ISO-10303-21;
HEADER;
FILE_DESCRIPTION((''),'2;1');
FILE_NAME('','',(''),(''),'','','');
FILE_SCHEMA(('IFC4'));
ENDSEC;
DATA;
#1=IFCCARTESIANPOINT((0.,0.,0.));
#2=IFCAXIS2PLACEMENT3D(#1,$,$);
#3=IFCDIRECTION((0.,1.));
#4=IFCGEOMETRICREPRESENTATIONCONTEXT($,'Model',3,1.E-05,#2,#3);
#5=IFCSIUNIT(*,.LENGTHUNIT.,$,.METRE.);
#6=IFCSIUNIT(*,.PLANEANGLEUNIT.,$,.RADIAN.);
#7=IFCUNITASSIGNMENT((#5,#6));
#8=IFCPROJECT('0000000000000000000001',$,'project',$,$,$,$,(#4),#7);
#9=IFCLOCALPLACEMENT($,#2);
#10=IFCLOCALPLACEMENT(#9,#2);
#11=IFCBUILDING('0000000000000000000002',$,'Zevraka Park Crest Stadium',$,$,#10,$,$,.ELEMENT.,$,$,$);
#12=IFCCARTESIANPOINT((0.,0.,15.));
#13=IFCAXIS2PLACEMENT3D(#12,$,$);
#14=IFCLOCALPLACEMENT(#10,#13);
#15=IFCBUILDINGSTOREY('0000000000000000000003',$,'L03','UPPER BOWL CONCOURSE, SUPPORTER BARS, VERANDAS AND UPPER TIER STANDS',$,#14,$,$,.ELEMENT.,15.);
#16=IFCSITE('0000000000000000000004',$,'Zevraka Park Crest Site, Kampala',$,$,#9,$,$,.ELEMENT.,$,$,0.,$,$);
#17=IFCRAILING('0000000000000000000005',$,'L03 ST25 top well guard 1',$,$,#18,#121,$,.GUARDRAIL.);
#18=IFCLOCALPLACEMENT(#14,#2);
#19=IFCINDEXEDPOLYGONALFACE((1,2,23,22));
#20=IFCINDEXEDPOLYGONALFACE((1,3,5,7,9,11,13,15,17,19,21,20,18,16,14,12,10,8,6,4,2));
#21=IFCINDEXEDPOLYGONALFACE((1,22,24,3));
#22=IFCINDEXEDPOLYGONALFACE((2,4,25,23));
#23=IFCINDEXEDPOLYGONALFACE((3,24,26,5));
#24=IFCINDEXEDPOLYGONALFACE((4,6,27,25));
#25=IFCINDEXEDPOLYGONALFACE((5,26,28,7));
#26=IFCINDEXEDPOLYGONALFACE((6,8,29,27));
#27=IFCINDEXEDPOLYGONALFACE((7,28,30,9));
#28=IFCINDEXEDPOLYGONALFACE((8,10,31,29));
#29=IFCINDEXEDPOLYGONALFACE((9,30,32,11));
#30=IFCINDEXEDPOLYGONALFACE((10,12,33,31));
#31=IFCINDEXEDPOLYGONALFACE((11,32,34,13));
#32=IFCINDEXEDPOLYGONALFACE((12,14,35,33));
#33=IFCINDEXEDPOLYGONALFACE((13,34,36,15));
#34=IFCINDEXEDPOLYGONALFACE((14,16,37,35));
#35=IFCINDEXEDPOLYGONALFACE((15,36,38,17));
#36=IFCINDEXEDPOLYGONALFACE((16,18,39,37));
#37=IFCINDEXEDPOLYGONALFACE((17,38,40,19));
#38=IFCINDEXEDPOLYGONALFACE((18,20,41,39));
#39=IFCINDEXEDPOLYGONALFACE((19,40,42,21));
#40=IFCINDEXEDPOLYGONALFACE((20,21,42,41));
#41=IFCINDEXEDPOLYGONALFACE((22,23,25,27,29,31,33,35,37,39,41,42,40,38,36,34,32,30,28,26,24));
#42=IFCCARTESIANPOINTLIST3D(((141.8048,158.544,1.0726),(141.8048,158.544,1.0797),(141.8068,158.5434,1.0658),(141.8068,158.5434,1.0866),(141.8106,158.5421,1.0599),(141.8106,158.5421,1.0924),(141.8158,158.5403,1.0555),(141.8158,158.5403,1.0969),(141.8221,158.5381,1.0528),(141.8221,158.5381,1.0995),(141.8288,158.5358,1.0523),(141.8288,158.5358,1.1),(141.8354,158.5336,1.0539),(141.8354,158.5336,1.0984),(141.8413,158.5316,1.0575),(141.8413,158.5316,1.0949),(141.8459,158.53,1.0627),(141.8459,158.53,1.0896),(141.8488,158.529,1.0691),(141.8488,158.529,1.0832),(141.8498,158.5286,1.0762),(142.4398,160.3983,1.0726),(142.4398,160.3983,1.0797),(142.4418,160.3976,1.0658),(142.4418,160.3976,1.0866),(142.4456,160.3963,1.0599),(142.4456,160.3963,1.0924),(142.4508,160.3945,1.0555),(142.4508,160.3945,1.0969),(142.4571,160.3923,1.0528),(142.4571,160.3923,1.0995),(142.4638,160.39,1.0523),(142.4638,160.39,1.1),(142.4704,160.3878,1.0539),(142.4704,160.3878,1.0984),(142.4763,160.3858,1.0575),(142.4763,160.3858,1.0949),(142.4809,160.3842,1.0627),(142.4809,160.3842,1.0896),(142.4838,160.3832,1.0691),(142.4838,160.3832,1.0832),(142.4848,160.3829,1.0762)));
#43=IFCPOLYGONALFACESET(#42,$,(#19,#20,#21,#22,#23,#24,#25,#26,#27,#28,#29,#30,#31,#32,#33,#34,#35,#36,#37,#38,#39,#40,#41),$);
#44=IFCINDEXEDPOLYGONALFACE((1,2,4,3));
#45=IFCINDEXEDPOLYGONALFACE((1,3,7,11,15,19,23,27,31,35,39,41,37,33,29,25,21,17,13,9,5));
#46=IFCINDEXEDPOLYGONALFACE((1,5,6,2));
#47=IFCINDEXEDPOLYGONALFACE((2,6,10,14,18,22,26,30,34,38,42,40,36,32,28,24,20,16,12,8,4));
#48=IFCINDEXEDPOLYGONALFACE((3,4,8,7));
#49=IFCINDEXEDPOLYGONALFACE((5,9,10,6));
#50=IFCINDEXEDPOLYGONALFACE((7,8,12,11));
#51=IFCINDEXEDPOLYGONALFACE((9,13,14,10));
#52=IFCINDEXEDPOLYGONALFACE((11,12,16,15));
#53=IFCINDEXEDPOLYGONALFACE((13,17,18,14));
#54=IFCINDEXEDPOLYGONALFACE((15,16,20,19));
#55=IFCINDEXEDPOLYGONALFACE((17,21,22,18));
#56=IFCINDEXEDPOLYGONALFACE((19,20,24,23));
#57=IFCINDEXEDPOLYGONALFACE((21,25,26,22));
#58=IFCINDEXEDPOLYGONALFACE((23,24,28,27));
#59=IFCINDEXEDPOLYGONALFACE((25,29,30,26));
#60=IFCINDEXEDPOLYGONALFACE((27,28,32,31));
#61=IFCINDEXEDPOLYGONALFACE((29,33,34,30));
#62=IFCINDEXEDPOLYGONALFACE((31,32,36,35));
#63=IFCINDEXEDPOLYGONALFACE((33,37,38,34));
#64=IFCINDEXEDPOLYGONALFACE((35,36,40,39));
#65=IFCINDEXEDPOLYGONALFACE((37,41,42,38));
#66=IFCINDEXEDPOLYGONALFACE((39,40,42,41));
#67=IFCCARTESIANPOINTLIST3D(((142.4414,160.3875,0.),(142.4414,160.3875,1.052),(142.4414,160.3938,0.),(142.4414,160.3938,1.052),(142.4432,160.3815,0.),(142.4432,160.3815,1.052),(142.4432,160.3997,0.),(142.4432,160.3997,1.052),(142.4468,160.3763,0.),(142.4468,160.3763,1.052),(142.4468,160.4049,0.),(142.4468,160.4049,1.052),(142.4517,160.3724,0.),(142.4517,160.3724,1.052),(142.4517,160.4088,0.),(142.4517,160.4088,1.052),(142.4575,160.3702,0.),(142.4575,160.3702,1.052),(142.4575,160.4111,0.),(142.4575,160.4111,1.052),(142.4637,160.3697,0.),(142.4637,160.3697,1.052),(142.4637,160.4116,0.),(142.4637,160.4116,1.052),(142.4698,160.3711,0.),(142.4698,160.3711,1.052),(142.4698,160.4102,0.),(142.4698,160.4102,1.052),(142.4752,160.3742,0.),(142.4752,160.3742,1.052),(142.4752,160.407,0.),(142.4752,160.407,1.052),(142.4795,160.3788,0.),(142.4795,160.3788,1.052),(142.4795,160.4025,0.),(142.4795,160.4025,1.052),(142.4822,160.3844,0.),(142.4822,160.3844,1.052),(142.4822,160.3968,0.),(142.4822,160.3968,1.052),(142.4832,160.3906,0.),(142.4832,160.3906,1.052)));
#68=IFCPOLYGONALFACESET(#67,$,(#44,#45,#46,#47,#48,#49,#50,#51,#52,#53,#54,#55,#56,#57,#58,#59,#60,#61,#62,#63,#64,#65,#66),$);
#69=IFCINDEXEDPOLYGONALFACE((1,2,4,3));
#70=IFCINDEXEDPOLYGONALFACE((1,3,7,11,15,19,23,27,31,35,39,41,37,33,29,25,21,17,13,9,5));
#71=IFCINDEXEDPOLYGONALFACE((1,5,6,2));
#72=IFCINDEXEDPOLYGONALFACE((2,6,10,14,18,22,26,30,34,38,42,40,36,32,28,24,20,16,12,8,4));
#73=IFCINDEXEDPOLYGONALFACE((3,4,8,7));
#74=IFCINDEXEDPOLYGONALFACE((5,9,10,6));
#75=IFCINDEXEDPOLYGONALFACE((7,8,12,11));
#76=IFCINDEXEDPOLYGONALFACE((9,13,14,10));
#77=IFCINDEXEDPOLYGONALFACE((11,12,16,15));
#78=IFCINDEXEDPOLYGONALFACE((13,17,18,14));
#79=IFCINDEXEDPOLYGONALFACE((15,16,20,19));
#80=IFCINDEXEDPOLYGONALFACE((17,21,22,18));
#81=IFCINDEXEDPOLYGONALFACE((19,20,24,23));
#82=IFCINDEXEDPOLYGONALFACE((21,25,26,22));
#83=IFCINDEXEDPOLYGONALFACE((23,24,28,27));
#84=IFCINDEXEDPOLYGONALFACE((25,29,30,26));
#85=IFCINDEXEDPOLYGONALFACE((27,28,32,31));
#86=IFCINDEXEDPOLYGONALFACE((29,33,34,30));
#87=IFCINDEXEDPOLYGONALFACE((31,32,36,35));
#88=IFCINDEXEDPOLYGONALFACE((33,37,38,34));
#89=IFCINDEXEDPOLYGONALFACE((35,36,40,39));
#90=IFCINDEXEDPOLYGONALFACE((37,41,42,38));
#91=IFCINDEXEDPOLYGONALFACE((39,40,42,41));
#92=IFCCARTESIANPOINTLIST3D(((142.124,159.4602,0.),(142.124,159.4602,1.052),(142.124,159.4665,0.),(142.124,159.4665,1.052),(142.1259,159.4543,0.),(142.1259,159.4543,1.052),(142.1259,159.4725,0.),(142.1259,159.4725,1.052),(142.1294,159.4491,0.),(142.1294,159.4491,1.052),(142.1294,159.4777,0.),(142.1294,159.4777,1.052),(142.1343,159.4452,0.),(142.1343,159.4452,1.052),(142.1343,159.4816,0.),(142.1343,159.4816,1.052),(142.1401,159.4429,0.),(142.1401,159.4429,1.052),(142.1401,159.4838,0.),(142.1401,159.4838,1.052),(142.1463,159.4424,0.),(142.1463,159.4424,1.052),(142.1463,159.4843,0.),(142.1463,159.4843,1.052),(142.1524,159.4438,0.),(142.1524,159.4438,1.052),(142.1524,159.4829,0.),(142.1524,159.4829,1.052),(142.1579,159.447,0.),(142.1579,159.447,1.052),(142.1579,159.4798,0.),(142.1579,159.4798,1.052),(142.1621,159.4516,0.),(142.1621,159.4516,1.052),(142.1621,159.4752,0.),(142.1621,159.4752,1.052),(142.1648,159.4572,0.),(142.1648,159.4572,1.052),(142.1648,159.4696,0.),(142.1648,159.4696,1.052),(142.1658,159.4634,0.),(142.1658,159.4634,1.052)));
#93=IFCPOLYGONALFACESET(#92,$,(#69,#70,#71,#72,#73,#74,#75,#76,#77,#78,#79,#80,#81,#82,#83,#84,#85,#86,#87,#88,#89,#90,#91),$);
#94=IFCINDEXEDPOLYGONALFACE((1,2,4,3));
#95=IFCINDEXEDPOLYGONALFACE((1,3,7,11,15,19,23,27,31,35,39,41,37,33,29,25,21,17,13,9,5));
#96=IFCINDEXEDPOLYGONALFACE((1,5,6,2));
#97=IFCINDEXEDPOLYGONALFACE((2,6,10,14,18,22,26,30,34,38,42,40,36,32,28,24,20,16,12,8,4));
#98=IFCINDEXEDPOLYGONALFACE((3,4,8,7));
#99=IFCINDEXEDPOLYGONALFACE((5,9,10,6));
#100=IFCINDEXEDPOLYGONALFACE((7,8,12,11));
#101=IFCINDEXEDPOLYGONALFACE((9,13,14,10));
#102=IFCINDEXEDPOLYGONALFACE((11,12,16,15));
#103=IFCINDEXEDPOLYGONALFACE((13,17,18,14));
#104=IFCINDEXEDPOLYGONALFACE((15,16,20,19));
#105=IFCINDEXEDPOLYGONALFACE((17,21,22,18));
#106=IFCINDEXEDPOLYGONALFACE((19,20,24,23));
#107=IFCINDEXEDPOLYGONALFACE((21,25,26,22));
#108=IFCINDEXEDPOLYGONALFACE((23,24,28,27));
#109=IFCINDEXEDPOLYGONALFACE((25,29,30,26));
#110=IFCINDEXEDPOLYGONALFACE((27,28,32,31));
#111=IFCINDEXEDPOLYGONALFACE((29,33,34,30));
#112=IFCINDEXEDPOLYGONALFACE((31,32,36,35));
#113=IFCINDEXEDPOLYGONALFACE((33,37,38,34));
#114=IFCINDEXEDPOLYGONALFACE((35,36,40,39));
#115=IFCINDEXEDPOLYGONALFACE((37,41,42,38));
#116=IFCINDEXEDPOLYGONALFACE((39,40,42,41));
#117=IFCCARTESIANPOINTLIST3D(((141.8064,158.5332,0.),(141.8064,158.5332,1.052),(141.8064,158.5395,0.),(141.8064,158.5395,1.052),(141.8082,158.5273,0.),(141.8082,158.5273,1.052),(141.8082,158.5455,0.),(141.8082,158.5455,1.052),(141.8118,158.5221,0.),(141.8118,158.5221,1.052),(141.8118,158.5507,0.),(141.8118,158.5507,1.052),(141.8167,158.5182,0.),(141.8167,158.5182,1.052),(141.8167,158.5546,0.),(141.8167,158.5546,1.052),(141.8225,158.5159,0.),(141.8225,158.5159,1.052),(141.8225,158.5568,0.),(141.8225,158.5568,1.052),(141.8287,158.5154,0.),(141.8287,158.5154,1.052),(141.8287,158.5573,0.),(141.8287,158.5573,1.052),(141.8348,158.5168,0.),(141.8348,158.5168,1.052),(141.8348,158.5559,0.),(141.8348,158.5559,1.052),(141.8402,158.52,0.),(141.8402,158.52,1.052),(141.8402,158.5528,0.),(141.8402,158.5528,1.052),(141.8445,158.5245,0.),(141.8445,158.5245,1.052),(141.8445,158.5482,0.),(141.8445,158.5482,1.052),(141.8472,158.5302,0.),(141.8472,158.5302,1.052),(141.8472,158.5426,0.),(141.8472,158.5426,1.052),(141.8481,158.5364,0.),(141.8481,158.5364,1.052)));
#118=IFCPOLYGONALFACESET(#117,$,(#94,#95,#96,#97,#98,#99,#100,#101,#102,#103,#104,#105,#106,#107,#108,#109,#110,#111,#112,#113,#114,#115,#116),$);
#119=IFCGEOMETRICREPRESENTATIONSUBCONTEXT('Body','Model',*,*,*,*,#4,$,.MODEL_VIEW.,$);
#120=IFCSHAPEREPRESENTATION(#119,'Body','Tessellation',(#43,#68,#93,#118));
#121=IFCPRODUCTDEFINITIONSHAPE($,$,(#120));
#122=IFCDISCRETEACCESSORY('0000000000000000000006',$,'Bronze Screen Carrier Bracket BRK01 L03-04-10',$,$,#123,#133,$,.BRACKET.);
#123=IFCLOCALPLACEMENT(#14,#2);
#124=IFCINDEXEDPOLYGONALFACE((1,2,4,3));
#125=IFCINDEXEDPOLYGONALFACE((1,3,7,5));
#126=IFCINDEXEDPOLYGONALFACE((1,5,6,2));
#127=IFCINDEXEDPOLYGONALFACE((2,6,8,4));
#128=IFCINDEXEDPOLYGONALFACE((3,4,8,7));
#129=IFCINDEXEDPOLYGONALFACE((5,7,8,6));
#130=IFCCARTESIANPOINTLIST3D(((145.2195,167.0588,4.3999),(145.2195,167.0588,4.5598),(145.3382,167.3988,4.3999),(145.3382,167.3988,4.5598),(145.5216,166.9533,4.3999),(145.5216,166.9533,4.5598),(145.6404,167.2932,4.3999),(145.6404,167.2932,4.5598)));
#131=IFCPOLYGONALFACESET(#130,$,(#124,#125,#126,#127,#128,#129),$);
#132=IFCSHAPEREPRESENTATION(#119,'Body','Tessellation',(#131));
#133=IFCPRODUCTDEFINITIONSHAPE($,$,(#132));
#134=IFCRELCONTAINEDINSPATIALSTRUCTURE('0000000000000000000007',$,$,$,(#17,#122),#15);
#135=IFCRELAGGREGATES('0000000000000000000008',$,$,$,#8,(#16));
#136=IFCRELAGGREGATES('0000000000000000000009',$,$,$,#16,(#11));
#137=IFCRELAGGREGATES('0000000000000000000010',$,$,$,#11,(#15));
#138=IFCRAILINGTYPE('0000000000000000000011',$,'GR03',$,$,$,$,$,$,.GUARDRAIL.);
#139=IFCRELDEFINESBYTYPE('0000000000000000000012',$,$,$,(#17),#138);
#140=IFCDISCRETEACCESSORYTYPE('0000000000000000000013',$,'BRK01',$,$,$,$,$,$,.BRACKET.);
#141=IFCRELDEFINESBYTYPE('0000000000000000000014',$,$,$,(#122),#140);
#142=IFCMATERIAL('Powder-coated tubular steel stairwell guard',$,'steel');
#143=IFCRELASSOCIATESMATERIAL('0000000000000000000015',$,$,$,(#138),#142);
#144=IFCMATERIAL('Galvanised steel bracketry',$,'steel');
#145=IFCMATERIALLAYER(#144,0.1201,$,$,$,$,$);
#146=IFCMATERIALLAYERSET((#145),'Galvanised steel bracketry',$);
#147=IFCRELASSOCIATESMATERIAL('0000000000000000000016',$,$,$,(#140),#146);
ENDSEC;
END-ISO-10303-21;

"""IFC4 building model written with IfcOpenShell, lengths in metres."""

from ifc_helpers import new_model, si_unit, direction, frame, origin, origin_2d, place, context, subcontext, project, spatial, rectangle, circle, extrude, material, layer, layer_set, type_object, element, save


model = new_model("IFC4")

# Units and contexts
model_context = context("Model", 3, precision=1e-05, world=origin(), true_north=direction((0.0, 1.0)))
body_context = subcontext(model_context, "Body", "Model", "MODEL_VIEW")
ifc_project = project(units=[si_unit("LENGTHUNIT", "METRE"), si_unit("PLANEANGLEUNIT", "RADIAN")], contexts=[model_context])

# Site, building, storey
site_placement = place(None, origin())
site = spatial("IfcSite", under=ifc_project, at=site_placement, Name="Zevraka Park Crest Site, Kampala", CompositionType="ELEMENT", RefElevation=0.0)
building_placement = place(site_placement, origin())
building = spatial("IfcBuilding", under=site, at=building_placement, Name="Zevraka Park Crest Stadium", CompositionType="ELEMENT")
storey_placement = place(building_placement, frame((0.0, 0.0, 15.0)))
storey = spatial("IfcBuildingStorey", under=building, at=storey_placement, Name="L03", Description="UPPER BOWL CONCOURSE, SUPPORTER BARS, VERANDAS AND UPPER TIER STANDS", CompositionType="ELEMENT", Elevation=15.0)

# Railing
ifc_material_1 = material(Name="Powder-coated tubular steel stairwell guard", Category="steel")
railing_type = type_object("IfcRailingType", Name="GR03", PredefinedType="GUARDRAIL", material=ifc_material_1)
railing_placement = place(storey_placement, frame((142.4622, 160.3906, 0.0)))
element("IfcRailing", 1, at=railing_placement, inside=storey, type_object=railing_type, Name="L03 ST25 top well guard 1", PredefinedType="GUARDRAIL", context=body_context, shape_type="SweptSolid", body=[
    extrude(circle(Radius=0.0239, at=origin_2d()), frame((0.0, 0.0, 1.0762), z_axis=(-0.32399, -0.946061, 0.0), x_axis=(0.946061, -0.32399, 0.0)), (0.0, 0.0, 1.0), 1.96),
    extrude(circle(Radius=0.021, at=origin_2d()), origin(), (0.0, 0.0, 1.0), 1.052),
    extrude(circle(Radius=0.021, at=origin_2d()), frame((-0.3174, -0.9272, 0.0)), (0.0, 0.0, 1.0), 1.052),
    extrude(circle(Radius=0.021, at=origin_2d()), frame((-0.635, -1.8542, 0.0)), (0.0, 0.0, 1.0), 1.052),
])

# Discrete accessory
ifc_material_2 = material(Name="Galvanised steel bracketry", Category="steel")
ifc_layer_1 = layer(ifc_material_2, 0.1201)
ifc_layer_set_1 = layer_set([ifc_layer_1], Name="Galvanised steel bracketry")
discrete_accessory_type = type_object("IfcDiscreteAccessoryType", Name="BRK01", PredefinedType="BRACKET", material=ifc_layer_set_1)
discrete_accessory_placement = place(storey_placement, frame((145.4299, 167.176, 4.3999), z_axis=(0.0, 0.0, 1.0), x_axis=(-0.944031, 0.329855, 0.0)))
element("IfcDiscreteAccessory", 2, at=discrete_accessory_placement, inside=storey, type_object=discrete_accessory_type, Name="Bronze Screen Carrier Bracket BRK01 L03-04-10", PredefinedType="BRACKET", context=body_context, shape_type="SweptSolid", body=[
    extrude(rectangle(XDim=0.3201, YDim=0.3601, at=origin_2d()), origin(), (0.0, 0.0, 1.0), 0.1599),
])

save(model, "model.ifc")
